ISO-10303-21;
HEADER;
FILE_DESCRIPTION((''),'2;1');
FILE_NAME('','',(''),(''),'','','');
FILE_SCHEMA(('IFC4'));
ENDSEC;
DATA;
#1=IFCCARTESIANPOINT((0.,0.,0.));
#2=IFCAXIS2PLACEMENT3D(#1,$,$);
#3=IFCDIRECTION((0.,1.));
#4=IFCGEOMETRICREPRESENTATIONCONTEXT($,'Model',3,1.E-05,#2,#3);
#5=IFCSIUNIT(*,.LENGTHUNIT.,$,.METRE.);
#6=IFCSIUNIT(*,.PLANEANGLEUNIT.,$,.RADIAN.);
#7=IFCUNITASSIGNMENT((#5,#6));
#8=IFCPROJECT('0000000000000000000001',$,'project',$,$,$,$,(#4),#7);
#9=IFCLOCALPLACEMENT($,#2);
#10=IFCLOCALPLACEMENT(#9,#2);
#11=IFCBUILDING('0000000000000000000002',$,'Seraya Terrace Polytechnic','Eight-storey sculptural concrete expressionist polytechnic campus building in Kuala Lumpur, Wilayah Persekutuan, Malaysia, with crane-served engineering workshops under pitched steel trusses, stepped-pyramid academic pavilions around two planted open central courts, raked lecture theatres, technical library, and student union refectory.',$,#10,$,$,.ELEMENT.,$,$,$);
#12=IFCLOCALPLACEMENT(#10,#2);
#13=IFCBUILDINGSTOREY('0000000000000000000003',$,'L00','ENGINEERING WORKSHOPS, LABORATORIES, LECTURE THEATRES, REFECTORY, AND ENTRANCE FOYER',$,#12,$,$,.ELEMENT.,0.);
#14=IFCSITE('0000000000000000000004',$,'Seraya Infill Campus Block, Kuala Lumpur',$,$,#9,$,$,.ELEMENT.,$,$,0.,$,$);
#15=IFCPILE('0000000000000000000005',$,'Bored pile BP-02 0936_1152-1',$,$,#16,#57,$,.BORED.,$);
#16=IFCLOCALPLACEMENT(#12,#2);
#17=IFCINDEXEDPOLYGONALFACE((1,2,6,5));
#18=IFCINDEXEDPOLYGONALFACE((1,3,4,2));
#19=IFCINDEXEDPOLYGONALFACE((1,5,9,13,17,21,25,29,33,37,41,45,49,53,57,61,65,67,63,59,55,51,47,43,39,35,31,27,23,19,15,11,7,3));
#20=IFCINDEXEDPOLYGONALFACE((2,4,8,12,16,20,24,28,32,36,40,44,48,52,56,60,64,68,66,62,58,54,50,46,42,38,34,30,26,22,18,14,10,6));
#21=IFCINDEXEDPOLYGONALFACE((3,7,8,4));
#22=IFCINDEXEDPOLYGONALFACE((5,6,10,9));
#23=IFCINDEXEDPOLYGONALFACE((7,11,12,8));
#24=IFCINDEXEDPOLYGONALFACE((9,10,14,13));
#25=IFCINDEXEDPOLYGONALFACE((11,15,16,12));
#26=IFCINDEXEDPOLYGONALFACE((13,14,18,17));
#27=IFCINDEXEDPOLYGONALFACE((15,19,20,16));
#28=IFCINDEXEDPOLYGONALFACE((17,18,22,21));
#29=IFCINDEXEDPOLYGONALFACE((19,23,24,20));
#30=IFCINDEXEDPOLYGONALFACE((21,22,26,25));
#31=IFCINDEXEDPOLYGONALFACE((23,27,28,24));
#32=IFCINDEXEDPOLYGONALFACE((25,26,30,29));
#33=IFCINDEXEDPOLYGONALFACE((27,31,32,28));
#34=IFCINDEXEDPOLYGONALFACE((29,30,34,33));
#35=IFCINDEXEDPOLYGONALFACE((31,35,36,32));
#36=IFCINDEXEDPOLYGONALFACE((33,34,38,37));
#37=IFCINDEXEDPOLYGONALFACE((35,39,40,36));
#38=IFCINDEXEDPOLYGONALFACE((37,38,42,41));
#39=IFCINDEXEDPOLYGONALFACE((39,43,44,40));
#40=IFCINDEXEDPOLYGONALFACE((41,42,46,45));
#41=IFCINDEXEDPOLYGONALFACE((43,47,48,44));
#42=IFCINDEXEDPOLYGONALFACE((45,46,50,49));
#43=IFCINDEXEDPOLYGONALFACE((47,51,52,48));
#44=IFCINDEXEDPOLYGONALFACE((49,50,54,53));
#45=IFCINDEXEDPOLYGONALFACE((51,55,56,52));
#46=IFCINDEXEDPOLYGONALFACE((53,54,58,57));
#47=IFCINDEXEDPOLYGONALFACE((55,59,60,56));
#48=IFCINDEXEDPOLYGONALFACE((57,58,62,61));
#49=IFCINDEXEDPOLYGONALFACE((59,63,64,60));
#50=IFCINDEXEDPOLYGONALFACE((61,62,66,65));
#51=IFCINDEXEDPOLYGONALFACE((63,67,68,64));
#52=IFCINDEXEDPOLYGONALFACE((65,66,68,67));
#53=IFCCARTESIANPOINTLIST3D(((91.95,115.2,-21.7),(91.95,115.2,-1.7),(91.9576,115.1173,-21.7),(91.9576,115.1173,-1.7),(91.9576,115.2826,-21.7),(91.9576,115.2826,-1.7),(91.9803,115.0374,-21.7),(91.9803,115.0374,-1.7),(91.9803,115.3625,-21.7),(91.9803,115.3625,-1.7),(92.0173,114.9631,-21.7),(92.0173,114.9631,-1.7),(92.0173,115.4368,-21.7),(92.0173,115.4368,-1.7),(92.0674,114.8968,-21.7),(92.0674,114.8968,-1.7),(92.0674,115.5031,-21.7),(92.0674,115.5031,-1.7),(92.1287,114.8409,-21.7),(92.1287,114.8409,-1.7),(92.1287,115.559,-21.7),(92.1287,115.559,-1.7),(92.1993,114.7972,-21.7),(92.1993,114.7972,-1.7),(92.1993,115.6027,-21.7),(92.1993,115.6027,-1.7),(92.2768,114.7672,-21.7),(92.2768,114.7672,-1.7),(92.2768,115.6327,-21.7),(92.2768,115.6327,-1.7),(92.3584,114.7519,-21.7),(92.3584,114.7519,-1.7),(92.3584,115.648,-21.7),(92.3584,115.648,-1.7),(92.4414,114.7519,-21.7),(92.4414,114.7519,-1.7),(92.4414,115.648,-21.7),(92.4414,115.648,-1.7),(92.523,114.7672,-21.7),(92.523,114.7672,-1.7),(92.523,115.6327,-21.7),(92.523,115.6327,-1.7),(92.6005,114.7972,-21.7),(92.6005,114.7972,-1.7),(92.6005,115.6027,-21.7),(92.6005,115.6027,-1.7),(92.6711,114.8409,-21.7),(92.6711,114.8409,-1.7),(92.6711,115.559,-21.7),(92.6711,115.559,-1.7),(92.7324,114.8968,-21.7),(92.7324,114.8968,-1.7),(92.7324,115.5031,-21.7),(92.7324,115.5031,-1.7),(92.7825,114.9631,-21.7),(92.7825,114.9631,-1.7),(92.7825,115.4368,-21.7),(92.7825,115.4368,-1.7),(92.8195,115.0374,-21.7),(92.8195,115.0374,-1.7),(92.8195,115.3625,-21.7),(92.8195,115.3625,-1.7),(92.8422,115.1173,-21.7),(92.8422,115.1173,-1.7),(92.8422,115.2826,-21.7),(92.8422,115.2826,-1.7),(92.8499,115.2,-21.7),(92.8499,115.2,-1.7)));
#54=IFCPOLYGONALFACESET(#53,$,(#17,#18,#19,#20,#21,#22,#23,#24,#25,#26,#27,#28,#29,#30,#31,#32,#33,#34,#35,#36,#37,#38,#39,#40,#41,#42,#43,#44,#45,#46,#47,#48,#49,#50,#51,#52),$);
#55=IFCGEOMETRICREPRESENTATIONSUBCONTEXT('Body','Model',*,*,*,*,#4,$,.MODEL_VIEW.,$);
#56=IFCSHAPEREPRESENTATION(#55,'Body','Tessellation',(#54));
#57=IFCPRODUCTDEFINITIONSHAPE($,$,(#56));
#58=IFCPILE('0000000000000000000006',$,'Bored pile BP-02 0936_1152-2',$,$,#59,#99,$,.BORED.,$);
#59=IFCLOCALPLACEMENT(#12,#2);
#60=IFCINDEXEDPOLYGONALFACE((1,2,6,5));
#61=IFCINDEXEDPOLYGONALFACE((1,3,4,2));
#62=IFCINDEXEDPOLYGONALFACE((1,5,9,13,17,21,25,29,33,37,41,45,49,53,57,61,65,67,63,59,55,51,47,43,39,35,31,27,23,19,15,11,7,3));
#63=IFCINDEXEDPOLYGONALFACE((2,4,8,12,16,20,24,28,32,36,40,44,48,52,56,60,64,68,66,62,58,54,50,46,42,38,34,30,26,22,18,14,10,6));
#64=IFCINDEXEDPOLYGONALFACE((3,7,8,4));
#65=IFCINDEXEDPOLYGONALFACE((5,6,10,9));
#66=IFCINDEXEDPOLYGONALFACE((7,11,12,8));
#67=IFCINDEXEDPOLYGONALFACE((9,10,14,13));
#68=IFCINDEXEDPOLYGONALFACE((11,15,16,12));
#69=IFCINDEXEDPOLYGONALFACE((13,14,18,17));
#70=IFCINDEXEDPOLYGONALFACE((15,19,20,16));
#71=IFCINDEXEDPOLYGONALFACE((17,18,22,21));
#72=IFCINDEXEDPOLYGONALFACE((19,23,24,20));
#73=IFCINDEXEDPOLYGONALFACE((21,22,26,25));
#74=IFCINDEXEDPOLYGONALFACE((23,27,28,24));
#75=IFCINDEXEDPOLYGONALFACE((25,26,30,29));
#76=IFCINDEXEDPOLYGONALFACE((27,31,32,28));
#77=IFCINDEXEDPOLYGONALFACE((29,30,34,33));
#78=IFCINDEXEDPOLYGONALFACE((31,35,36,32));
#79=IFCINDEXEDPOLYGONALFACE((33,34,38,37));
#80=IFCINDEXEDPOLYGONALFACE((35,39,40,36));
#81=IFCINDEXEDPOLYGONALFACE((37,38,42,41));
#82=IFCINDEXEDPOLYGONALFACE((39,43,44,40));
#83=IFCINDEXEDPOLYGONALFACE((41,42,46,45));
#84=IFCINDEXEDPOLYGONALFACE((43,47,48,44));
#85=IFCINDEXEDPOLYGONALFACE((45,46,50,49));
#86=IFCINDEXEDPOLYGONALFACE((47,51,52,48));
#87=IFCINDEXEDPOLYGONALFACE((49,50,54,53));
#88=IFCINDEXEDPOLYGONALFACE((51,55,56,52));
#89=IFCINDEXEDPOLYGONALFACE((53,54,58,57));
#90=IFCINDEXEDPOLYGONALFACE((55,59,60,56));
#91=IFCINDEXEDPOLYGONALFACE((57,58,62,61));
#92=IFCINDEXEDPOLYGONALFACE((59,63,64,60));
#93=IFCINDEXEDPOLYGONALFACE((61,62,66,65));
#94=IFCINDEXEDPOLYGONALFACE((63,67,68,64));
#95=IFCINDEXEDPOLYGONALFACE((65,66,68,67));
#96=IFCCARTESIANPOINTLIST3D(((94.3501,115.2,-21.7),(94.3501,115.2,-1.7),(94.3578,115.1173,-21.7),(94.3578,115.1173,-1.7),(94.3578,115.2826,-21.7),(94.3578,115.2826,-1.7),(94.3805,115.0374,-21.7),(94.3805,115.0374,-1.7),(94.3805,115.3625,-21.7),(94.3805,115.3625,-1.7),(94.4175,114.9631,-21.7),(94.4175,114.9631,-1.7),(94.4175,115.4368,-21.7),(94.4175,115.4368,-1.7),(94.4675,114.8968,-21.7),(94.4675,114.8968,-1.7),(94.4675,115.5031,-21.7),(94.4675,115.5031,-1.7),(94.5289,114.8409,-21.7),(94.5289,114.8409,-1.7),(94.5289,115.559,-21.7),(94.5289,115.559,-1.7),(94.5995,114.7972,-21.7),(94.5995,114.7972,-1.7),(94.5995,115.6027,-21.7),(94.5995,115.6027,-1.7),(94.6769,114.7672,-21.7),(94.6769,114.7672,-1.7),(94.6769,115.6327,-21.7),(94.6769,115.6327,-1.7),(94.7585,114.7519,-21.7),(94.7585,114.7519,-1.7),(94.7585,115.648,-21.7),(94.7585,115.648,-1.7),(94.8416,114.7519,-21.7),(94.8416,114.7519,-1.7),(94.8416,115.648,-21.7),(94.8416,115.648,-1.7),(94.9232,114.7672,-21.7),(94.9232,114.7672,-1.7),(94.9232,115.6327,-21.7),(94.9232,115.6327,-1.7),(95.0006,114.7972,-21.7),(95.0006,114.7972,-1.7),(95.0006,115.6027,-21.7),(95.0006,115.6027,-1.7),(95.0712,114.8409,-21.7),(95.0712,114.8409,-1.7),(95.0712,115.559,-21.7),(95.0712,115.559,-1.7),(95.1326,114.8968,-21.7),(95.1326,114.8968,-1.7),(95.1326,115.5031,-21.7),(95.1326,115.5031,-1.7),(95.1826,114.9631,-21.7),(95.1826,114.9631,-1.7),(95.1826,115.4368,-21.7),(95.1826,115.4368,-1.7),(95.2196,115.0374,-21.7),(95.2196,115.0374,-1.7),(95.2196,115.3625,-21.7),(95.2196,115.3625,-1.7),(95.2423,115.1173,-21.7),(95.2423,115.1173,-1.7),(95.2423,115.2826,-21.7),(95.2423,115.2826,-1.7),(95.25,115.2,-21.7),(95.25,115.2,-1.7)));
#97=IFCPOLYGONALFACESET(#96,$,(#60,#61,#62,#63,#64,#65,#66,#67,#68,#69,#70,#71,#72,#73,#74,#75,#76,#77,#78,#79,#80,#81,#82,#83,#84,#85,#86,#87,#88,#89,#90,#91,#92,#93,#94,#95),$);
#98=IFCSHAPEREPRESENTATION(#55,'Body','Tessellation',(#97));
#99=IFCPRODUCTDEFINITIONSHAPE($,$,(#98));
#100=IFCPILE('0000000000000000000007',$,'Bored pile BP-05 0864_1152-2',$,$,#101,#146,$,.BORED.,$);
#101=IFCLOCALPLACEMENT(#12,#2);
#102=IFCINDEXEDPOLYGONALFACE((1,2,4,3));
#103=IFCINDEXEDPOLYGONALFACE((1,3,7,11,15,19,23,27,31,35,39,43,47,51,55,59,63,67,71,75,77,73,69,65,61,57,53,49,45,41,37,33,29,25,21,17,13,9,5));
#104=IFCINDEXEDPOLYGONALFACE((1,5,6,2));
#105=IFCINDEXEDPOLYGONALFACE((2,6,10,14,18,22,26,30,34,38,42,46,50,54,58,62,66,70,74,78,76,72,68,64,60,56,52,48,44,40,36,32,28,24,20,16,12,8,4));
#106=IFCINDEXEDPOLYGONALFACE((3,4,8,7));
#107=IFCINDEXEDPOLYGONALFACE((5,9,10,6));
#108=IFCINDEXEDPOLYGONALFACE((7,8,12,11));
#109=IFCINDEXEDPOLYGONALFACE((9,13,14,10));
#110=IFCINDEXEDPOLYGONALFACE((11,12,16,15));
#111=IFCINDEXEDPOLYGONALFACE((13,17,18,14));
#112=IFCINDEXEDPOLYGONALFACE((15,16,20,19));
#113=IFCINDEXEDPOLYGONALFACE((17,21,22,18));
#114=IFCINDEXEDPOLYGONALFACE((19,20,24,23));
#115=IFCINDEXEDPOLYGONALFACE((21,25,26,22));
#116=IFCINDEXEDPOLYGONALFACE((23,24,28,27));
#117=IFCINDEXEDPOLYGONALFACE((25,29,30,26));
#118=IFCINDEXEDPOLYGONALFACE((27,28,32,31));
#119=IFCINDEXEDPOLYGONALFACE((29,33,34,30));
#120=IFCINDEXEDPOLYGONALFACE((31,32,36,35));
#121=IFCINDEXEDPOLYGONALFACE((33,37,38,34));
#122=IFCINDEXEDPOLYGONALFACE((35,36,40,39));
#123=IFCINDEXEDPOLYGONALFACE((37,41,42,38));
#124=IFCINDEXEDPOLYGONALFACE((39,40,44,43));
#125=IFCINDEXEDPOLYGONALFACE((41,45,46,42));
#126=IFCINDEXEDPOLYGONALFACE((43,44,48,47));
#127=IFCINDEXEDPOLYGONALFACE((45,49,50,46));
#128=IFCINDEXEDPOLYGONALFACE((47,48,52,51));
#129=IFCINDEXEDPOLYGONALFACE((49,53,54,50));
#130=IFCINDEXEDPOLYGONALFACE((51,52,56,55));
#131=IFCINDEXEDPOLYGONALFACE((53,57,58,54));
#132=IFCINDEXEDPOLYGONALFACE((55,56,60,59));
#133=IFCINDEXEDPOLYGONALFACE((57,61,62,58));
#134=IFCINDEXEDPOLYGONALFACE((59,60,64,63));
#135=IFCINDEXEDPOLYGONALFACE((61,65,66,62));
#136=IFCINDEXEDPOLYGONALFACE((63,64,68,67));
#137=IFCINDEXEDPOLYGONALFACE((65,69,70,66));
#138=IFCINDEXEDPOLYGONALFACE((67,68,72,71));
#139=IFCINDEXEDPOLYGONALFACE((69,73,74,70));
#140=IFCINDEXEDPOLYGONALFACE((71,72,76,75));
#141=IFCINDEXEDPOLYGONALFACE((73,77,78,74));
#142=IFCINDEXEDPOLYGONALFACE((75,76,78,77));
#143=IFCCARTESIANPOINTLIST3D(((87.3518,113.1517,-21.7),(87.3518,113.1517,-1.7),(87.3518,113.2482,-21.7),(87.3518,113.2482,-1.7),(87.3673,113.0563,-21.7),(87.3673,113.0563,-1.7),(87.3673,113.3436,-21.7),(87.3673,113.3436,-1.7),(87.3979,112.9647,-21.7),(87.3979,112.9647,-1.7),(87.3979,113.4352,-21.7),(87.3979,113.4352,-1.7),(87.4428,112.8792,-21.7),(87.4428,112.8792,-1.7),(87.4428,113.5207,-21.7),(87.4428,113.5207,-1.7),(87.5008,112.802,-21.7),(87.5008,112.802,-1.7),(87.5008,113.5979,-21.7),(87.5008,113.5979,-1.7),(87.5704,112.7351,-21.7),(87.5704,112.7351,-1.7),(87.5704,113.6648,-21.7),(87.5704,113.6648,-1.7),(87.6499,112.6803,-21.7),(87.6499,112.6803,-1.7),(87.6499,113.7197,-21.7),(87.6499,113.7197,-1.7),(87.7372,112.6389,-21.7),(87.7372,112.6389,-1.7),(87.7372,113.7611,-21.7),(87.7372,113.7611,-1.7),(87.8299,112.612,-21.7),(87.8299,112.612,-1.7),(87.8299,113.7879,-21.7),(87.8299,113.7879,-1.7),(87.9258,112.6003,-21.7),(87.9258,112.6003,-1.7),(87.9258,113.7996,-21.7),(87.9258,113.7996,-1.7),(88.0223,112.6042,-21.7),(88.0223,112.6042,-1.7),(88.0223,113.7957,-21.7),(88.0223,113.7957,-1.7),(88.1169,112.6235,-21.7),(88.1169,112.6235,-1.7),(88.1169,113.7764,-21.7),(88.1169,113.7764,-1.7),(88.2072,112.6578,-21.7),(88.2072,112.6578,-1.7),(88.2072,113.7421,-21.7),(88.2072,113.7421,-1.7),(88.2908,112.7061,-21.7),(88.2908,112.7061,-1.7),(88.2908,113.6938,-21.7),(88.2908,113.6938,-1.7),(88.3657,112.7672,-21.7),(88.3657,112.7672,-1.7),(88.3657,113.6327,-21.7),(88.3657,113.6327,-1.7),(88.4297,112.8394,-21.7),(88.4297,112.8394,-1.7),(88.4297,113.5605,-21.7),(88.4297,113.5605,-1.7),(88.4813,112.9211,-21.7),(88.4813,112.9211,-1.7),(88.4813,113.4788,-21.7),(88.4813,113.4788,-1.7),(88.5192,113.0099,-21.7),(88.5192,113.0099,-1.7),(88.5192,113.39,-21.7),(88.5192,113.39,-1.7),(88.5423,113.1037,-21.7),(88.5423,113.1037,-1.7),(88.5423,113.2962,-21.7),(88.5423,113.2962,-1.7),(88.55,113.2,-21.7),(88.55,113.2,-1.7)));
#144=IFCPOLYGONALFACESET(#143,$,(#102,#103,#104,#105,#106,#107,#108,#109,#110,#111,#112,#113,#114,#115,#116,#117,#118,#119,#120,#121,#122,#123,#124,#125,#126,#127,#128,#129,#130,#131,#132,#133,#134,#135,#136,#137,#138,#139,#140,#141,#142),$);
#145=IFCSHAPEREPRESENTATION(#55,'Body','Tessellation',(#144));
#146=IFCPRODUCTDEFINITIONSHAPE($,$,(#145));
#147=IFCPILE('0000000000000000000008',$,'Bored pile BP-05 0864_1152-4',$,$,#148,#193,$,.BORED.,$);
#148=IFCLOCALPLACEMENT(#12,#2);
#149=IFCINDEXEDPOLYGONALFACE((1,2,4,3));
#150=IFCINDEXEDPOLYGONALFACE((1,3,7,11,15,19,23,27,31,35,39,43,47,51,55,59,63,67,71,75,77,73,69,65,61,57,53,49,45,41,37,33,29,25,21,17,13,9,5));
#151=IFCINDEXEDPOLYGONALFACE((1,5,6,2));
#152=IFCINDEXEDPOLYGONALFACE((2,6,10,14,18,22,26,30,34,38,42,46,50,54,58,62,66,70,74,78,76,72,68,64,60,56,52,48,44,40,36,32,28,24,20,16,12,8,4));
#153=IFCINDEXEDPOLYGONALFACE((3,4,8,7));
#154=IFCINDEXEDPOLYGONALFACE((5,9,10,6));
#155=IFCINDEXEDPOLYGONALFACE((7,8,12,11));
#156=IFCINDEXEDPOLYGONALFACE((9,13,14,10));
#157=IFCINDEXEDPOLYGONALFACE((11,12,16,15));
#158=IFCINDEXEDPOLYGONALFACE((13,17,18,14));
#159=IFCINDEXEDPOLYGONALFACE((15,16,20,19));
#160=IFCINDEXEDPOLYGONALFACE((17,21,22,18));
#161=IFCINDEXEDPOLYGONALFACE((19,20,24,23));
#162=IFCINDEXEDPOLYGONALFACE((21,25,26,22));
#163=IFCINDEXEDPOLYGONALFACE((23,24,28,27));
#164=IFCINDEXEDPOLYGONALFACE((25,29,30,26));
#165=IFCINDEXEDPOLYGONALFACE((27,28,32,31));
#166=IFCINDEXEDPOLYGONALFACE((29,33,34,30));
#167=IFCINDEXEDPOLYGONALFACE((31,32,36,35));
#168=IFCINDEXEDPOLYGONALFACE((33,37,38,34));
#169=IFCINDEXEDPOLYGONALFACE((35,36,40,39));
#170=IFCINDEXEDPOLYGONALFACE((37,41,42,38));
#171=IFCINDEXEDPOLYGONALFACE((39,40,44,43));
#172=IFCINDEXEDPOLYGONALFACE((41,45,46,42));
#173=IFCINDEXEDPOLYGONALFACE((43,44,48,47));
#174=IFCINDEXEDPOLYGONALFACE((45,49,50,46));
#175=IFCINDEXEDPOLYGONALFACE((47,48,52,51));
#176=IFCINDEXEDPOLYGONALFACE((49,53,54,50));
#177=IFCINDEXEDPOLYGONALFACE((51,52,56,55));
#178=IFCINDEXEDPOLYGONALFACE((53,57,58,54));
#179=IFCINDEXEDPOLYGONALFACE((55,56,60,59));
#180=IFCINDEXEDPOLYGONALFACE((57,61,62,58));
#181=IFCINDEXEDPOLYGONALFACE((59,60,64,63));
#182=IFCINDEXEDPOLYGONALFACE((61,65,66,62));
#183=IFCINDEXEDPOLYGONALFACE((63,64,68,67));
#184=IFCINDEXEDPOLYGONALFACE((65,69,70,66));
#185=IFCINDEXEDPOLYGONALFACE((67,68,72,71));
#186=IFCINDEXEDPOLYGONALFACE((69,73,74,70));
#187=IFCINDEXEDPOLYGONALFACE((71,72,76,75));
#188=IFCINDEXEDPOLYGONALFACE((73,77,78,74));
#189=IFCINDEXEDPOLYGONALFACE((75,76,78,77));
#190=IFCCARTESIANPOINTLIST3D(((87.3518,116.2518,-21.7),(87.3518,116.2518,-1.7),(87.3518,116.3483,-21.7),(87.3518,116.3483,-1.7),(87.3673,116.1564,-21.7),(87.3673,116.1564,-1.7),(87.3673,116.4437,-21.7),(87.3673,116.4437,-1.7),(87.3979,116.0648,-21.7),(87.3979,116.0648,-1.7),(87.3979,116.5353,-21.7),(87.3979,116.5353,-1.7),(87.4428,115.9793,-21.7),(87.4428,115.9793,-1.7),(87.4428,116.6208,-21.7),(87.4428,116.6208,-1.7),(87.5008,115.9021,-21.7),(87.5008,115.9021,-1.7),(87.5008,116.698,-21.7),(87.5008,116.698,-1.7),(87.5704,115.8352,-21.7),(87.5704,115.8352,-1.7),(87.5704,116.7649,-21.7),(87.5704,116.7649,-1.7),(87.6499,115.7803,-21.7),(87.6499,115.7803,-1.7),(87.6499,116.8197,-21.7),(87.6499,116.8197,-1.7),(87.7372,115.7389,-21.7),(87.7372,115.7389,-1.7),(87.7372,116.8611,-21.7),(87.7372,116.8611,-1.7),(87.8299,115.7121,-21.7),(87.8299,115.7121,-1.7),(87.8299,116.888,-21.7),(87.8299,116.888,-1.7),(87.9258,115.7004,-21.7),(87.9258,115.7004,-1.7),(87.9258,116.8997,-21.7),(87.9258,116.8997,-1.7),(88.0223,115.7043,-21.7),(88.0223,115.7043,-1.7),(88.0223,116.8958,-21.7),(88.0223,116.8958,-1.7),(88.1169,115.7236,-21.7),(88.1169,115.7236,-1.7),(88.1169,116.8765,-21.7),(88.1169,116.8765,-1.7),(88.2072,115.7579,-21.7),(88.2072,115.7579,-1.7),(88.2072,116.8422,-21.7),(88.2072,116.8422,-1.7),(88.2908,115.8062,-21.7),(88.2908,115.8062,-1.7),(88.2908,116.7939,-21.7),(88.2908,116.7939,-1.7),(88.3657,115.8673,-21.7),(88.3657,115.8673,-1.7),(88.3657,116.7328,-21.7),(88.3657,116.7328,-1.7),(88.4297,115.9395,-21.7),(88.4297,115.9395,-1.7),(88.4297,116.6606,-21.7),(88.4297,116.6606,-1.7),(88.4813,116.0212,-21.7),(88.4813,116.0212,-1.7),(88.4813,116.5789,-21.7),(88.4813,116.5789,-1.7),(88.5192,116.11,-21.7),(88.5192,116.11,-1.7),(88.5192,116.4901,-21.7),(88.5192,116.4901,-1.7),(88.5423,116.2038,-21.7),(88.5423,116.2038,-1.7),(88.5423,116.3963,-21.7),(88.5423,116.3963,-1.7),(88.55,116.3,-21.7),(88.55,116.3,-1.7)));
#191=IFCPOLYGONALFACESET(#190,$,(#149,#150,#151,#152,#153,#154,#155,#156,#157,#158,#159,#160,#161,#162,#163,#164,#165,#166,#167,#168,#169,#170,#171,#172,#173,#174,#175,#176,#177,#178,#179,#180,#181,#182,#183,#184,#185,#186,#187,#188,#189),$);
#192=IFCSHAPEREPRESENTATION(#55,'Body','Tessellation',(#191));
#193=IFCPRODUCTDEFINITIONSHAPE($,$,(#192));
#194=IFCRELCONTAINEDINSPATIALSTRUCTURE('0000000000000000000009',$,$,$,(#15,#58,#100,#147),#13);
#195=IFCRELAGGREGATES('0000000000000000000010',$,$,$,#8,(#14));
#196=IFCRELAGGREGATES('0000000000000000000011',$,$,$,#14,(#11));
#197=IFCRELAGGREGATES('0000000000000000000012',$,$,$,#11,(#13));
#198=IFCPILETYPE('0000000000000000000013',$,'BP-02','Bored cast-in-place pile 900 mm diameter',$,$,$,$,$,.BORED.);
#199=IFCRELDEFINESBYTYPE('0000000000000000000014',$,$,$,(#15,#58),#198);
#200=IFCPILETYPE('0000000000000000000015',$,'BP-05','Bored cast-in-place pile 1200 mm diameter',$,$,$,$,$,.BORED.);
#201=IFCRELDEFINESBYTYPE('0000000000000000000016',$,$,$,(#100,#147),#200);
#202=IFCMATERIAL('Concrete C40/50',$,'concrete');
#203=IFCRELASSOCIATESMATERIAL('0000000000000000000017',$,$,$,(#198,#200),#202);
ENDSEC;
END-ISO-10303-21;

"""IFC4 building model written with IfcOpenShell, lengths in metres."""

from ifc_helpers import new_model, si_unit, direction, frame, origin, origin_2d, place, context, subcontext, project, spatial, circle, extrude, material, material_profile, profile_set, type_object, element, save


model = new_model("IFC4")

# Units and contexts
model_context = context("Model", 3, precision=1e-05, world=origin(), true_north=direction((0.0, 1.0)))
body_context = subcontext(model_context, "Body", "Model", "MODEL_VIEW")
ifc_project = project(units=[si_unit("LENGTHUNIT", "METRE"), si_unit("PLANEANGLEUNIT", "RADIAN")], contexts=[model_context])

# Site, building, storey
site_placement = place(None, origin())
site = spatial("IfcSite", under=ifc_project, at=site_placement, Name="Seraya Infill Campus Block, Kuala Lumpur", CompositionType="ELEMENT", RefElevation=0.0)
building_placement = place(site_placement, origin())
building = spatial("IfcBuilding", under=site, at=building_placement, Name="Seraya Terrace Polytechnic", Description="Eight-storey sculptural concrete expressionist polytechnic campus building in Kuala Lumpur, Wilayah Persekutuan, Malaysia, with crane-served engineering workshops under pitched steel trusses, stepped-pyramid academic pavilions around two planted open central courts, raked lecture theatres, technical library, and student union refectory.", CompositionType="ELEMENT")
storey_placement = place(building_placement, origin())
storey = spatial("IfcBuildingStorey", under=building, at=storey_placement, Name="L00", Description="ENGINEERING WORKSHOPS, LABORATORIES, LECTURE THEATRES, REFECTORY, AND ENTRANCE FOYER", CompositionType="ELEMENT", Elevation=0.0)

# Piles
ifc_material_1 = material(Name="Concrete C40/50", Category="concrete")
ifc_material_profile_1 = material_profile(ifc_material_1, circle(Radius=0.45, at=origin_2d()), Name="DIA 900")
ifc_profile_set_1 = profile_set([ifc_material_profile_1], Name="Concrete C40/50")
pile_type_1 = type_object("IfcPileType", Name="BP-02", Description="Bored cast-in-place pile 900 mm diameter", PredefinedType="BORED", material=ifc_profile_set_1)
for number, where, z_axis, x_axis, name in (
    (1, (92.3999, 115.2, -1.7), (0.0, 0.0, -1.0), (1.0, 0.0, 0.0), "Bored pile BP-02 0936_1152-1"),
    (2, (94.8, 115.2, -1.7), (0.0, 0.0, -1.0), (1.0, 0.0, 0.0), "Bored pile BP-02 0936_1152-2"),
):
    element("IfcPile", number, at=place(storey_placement, frame(where, z_axis=z_axis, x_axis=x_axis)), inside=storey, type_object=pile_type_1, Name=name, PredefinedType="BORED", context=body_context, shape_type="SweptSolid", body=[
        extrude(circle(Radius=0.45, at=origin_2d()), origin(), (0.0, 0.0, 1.0), 20.0),
    ])
ifc_material_profile_2 = material_profile(ifc_material_1, circle(Radius=0.6001, at=origin_2d()), Name="DIA 1200")
ifc_profile_set_2 = profile_set([ifc_material_profile_2], Name="Concrete C40/50")
pile_type_2 = type_object("IfcPileType", Name="BP-05", Description="Bored cast-in-place pile 1200 mm diameter", PredefinedType="BORED", material=ifc_profile_set_2)
for number, where, z_axis, x_axis, name in (
    (3, (87.95, 113.2, -1.7), (0.0, 0.0, -1.0), (1.0, 0.0, 0.0), "Bored pile BP-05 0864_1152-2"),
    (4, (87.95, 116.3, -1.7), (0.0, 0.0, -1.0), (1.0, 0.0, 0.0), "Bored pile BP-05 0864_1152-4"),
):
    element("IfcPile", number, at=place(storey_placement, frame(where, z_axis=z_axis, x_axis=x_axis)), inside=storey, type_object=pile_type_2, Name=name, PredefinedType="BORED", context=body_context, shape_type="SweptSolid", body=[
        extrude(circle(Radius=0.6001, at=origin_2d()), origin(), (0.0, 0.0, 1.0), 20.0),
    ])

save(model, "model.ifc")
